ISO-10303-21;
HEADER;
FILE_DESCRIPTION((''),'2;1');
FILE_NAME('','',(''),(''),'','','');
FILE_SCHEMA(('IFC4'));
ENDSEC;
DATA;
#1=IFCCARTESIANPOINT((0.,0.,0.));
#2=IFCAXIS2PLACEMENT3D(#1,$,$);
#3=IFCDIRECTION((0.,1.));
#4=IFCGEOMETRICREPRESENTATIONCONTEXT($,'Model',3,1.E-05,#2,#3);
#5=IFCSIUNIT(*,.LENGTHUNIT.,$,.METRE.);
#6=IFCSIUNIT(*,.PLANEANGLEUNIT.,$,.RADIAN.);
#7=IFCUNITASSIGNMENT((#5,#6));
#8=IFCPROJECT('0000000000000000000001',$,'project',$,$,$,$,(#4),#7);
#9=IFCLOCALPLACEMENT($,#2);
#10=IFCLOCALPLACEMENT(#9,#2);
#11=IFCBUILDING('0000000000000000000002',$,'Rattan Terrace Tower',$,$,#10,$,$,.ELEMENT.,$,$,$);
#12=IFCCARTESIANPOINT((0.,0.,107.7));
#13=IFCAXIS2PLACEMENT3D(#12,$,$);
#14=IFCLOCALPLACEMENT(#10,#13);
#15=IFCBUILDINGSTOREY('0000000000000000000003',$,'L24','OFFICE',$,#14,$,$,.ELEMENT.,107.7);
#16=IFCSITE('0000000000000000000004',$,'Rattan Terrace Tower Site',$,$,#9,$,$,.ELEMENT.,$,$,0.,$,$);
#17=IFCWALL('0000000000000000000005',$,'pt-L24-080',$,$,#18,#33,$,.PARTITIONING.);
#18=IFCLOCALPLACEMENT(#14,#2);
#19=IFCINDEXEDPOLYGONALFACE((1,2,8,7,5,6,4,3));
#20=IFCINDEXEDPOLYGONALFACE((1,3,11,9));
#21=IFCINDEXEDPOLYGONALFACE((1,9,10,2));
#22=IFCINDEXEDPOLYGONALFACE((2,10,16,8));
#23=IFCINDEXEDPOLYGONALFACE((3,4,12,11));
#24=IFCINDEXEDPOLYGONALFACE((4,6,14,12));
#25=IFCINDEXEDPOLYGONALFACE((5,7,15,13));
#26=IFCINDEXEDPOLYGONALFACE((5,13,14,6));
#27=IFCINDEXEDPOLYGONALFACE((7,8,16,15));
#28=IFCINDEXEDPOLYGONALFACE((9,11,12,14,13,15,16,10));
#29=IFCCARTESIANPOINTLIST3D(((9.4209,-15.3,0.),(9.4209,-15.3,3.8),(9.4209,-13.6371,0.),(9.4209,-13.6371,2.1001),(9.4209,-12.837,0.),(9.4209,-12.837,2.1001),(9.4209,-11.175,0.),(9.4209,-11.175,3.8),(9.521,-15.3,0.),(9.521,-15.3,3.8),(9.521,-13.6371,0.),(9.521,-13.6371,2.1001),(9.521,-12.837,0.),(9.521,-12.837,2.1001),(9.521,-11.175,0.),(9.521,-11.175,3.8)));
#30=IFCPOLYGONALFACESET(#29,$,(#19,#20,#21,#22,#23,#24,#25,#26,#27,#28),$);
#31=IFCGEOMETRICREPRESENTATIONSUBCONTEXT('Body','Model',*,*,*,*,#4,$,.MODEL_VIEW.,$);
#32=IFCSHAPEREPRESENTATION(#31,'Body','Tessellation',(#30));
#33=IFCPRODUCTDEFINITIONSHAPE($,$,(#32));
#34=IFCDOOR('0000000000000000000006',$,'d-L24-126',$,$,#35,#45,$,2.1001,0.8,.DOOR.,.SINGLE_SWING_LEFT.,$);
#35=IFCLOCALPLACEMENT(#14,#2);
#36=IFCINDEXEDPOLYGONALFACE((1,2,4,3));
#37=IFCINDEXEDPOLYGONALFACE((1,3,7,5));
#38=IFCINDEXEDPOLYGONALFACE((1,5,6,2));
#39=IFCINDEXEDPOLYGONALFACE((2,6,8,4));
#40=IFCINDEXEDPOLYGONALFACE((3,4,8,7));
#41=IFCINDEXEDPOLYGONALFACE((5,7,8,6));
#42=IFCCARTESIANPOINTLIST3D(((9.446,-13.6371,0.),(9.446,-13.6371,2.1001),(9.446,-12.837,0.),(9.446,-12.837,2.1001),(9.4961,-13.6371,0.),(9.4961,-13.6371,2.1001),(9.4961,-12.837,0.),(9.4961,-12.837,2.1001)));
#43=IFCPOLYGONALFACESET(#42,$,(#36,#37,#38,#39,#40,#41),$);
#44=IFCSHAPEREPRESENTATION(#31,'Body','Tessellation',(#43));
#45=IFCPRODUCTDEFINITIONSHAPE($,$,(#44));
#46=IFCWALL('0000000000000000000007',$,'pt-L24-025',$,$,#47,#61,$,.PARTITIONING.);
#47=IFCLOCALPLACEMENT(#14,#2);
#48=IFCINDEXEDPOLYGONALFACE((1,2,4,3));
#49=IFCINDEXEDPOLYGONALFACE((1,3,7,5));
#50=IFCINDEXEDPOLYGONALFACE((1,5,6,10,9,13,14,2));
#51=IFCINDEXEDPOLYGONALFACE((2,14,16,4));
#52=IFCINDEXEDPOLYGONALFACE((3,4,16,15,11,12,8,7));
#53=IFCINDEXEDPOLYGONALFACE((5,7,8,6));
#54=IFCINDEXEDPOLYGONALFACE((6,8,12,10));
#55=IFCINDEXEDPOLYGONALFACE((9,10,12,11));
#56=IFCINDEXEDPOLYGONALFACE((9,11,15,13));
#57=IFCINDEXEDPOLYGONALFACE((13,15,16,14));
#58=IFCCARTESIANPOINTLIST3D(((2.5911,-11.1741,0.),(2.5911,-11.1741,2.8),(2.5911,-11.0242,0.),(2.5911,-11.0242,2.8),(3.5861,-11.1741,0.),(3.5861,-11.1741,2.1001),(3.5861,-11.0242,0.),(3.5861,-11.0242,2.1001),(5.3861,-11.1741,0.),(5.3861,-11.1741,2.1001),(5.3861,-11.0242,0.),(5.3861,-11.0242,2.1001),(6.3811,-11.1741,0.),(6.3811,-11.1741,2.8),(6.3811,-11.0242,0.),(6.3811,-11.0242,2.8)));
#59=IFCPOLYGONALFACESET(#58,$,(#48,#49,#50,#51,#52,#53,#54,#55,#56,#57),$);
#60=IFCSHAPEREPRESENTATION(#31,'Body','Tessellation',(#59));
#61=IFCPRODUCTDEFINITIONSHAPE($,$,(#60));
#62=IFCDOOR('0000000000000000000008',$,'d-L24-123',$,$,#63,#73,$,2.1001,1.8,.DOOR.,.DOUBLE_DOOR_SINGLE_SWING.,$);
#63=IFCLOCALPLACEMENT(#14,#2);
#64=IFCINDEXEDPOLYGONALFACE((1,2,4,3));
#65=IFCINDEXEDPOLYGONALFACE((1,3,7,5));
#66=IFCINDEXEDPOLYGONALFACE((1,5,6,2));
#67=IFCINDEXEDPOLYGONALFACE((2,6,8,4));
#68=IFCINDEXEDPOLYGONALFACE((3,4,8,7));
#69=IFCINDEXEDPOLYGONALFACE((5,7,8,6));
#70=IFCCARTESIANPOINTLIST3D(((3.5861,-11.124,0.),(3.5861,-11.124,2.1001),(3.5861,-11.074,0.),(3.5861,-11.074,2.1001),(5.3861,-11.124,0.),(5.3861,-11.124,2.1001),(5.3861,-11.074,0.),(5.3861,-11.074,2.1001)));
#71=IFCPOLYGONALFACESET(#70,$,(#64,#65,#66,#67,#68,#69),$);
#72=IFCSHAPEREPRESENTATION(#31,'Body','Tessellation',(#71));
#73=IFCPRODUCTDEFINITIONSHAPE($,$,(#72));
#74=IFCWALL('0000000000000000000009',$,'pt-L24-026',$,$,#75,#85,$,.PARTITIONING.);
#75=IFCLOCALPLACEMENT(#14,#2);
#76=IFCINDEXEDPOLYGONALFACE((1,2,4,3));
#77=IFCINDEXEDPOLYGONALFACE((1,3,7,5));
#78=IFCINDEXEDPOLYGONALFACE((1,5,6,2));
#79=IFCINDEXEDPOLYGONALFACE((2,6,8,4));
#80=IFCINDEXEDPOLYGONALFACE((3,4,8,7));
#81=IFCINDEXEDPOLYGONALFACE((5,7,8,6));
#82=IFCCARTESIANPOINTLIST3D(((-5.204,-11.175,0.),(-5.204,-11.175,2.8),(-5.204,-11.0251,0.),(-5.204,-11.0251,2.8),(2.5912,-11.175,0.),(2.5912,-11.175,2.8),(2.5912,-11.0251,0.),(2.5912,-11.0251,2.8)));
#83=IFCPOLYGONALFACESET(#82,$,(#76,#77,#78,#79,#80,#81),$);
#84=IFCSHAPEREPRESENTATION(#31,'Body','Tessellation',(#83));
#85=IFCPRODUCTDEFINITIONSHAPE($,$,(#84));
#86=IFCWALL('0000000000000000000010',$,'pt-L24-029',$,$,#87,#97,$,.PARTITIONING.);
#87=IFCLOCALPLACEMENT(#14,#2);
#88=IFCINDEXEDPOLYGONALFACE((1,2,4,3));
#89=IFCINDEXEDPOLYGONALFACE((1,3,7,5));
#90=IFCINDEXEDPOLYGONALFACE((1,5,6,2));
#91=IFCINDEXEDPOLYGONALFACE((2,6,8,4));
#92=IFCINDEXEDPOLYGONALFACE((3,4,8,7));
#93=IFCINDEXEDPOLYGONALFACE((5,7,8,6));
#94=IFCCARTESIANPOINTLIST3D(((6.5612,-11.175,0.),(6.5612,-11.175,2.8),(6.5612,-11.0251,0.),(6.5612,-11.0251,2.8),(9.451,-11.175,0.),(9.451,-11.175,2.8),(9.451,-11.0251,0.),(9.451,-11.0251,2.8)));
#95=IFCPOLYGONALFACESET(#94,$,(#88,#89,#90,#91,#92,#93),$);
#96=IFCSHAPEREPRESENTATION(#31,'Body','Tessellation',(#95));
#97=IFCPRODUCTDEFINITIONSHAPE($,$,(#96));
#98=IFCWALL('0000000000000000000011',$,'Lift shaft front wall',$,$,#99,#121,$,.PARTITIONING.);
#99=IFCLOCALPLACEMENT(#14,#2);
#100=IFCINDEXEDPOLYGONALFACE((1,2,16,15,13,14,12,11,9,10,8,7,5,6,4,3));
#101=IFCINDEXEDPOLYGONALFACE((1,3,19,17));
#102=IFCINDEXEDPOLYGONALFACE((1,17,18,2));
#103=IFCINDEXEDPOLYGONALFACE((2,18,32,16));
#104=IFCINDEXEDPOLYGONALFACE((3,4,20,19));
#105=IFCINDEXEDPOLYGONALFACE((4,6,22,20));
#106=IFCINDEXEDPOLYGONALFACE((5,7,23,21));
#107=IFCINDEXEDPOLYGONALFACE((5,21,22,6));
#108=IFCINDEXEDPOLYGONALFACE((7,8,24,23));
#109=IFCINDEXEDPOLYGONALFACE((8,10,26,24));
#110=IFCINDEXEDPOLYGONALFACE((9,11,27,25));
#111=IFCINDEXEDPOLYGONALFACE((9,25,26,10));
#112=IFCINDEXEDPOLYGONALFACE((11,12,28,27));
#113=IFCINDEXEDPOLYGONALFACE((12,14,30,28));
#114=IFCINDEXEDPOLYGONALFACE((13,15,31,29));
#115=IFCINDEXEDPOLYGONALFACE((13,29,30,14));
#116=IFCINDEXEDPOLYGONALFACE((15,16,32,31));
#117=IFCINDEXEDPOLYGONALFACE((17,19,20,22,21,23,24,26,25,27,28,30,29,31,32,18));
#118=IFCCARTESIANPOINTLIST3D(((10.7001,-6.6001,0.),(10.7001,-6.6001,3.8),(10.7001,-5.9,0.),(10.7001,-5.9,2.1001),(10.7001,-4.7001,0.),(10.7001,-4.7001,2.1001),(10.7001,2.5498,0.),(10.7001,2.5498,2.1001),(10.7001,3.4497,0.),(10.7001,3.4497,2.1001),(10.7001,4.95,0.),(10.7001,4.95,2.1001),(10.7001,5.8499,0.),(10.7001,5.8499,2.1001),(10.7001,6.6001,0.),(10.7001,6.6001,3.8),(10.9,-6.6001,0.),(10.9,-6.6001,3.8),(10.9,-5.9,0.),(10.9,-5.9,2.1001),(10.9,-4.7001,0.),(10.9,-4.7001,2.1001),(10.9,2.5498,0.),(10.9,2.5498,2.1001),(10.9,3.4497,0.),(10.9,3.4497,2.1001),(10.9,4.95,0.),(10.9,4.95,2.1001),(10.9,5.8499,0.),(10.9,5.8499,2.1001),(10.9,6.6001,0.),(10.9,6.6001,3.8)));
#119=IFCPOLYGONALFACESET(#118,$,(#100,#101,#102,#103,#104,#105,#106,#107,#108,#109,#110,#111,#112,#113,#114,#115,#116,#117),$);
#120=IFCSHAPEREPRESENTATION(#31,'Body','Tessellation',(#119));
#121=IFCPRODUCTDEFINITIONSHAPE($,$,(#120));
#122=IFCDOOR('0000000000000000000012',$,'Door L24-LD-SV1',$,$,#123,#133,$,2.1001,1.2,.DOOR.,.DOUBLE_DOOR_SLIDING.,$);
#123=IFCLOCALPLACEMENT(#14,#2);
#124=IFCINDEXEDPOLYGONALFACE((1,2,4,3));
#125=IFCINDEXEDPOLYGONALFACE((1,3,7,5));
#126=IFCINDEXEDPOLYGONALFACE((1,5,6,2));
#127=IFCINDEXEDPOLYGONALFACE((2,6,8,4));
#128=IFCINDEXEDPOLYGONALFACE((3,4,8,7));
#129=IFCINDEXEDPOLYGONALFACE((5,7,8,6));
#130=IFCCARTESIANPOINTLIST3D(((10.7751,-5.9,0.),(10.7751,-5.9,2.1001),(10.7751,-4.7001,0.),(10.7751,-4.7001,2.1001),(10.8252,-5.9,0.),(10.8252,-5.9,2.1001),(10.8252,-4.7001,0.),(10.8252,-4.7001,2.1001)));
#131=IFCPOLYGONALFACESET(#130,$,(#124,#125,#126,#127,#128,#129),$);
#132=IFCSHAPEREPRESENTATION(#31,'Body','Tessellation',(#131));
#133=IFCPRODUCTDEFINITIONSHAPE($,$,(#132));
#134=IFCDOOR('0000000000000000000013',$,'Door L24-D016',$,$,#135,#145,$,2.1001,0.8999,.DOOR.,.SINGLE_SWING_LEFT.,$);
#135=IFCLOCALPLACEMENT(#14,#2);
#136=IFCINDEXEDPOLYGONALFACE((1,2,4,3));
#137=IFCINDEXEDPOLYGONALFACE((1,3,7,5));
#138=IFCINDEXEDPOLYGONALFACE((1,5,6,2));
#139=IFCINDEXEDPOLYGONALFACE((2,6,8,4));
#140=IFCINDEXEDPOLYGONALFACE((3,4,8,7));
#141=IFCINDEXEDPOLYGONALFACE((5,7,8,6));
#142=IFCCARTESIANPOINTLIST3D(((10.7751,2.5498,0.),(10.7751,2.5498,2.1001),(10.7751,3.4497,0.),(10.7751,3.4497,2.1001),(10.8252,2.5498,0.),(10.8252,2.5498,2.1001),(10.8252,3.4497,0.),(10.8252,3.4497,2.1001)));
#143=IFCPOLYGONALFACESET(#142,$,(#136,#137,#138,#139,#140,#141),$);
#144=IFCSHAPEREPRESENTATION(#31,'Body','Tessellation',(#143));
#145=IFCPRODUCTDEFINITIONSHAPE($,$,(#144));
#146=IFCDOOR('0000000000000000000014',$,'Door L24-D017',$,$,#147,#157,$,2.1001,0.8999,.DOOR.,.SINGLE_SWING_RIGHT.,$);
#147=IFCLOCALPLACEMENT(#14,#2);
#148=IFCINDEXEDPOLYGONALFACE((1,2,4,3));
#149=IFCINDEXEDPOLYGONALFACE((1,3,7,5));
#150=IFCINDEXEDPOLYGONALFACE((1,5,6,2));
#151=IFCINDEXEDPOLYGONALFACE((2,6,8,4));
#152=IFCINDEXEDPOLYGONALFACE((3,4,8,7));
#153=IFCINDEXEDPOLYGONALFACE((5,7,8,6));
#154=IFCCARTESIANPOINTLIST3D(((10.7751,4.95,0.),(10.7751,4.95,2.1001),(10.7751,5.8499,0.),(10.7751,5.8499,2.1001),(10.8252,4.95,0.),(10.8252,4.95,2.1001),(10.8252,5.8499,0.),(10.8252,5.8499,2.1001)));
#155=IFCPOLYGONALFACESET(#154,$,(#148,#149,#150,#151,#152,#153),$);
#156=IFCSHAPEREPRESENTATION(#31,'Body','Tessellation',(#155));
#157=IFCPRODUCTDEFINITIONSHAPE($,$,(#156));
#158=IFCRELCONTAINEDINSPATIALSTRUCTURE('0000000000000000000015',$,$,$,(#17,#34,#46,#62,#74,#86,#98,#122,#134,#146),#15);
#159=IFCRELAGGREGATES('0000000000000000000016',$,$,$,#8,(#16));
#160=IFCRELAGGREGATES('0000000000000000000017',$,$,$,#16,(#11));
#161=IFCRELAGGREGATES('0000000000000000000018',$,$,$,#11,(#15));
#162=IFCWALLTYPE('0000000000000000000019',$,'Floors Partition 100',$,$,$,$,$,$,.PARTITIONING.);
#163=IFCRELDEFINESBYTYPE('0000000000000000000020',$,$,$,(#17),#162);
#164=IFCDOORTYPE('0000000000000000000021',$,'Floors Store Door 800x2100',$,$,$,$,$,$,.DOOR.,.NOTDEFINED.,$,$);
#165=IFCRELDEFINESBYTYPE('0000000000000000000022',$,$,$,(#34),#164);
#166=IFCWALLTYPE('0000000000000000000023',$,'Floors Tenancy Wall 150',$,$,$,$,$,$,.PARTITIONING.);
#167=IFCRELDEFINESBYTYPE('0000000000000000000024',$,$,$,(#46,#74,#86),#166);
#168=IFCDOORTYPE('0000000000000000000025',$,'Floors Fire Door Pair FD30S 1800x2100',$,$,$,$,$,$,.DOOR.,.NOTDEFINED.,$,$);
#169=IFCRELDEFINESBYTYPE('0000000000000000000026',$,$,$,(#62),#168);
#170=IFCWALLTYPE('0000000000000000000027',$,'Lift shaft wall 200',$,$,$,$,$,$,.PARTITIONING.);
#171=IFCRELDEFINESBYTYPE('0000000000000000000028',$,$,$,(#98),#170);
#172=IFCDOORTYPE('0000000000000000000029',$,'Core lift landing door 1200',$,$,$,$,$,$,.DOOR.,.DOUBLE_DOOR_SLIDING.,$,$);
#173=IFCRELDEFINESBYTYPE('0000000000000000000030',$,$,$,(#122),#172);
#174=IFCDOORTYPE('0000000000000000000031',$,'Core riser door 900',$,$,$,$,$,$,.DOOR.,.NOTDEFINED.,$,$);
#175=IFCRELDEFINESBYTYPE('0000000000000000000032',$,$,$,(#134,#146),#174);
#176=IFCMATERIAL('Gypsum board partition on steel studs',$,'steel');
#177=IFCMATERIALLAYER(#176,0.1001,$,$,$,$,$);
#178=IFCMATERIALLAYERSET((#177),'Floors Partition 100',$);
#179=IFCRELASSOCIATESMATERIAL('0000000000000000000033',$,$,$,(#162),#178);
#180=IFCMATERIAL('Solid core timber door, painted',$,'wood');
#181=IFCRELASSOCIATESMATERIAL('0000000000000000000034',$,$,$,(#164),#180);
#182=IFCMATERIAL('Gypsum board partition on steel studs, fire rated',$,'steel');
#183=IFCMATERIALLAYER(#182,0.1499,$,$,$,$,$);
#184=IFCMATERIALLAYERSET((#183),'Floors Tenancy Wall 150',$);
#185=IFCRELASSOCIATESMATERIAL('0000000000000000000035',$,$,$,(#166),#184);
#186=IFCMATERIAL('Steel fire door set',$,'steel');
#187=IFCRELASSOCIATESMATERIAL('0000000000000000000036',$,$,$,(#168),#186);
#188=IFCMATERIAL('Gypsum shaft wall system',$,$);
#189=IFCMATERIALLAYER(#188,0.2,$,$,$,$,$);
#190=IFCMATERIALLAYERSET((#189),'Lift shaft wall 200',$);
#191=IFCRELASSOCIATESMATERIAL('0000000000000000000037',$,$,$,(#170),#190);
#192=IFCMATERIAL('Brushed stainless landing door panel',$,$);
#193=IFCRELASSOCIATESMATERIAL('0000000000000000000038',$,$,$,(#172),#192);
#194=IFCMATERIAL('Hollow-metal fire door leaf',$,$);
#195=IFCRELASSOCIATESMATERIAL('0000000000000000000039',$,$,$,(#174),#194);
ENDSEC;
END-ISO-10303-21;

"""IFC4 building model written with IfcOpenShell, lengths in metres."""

from ifc_helpers import new_model, si_unit, direction, frame, frame_2d, origin, place, context, subcontext, project, spatial, rectangle, extrude, material, layer, layer_set, type_object, element, fill, save


model = new_model("IFC4")

# Units and contexts
model_context = context("Model", 3, precision=1e-05, world=origin(), true_north=direction((0.0, 1.0)))
body_context = subcontext(model_context, "Body", "Model", "MODEL_VIEW")
ifc_project = project(units=[si_unit("LENGTHUNIT", "METRE"), si_unit("PLANEANGLEUNIT", "RADIAN")], contexts=[model_context])

# Site, building, storey
site_placement = place(None, origin())
site = spatial("IfcSite", under=ifc_project, at=site_placement, Name="Rattan Terrace Tower Site", CompositionType="ELEMENT", RefElevation=0.0)
building_placement = place(site_placement, origin())
building = spatial("IfcBuilding", under=site, at=building_placement, Name="Rattan Terrace Tower", CompositionType="ELEMENT")
storey_placement = place(building_placement, frame((0.0, 0.0, 107.7)))
storey = spatial("IfcBuildingStorey", under=building, at=storey_placement, Name="L24", Description="OFFICE", CompositionType="ELEMENT", Elevation=107.7)

# Walls, openings, doors
ifc_material_1 = material(Name="Gypsum board partition on steel studs", Category="steel")
ifc_layer_1 = layer(ifc_material_1, 0.1001)
ifc_layer_set_1 = layer_set([ifc_layer_1], Name="Floors Partition 100")
wall_type_1 = type_object("IfcWallType", Name="Floors Partition 100", PredefinedType="PARTITIONING", material=ifc_layer_set_1)
wall_1_placement = place(storey_placement, frame((9.4709, -15.3, 0.0), z_axis=(0.0, 0.0, 1.0), x_axis=(0.0, 1.0, 0.0)))
wall_1 = element("IfcWall", 1, at=wall_1_placement, inside=storey, type_object=wall_type_1, Name="pt-L24-080", PredefinedType="PARTITIONING", context=body_context, shape_type="SweptSolid", body=[
    extrude(rectangle(XDim=4.125, YDim=0.1001, at=frame_2d((2.0625, 0.0))), origin(), (0.0, 0.0, 1.0), 3.8),
])
opening_1_placement = place(wall_1_placement, frame((1.6631, 0.0, 0.0)))
opening_1 = element("IfcOpeningElement", 2, at=opening_1_placement, cuts=wall_1, PredefinedType="OPENING", context=body_context, shape_type="SweptSolid", body=[
    extrude(rectangle(XDim=0.8, YDim=2.1001, at=frame_2d((0.3999, 1.05))), frame((0.0, 0.0605, 0.0), z_axis=(0.0, -1.0, 0.0), x_axis=(1.0, 0.0, 0.0)), (0.0, 0.0, 1.0), 0.1211),
])
ifc_material_2 = material(Name="Solid core timber door, painted", Category="wood")
door_type_1 = type_object("IfcDoorType", Name="Floors Store Door 800x2100", OperationType="NOTDEFINED", PredefinedType="DOOR", material=ifc_material_2)
door_1_placement = place(opening_1_placement, origin())
door_1 = element("IfcDoor", 3, at=door_1_placement, inside=storey, type_object=door_type_1, Name="d-L24-126", OperationType="SINGLE_SWING_LEFT", OverallHeight=2.1001, OverallWidth=0.8, PredefinedType="DOOR", context=body_context, shape_type="SweptSolid", body=[
    extrude(rectangle(XDim=0.8, YDim=2.1001, at=frame_2d((0.3999, 1.05))), frame((0.0, 0.0249, 0.0), z_axis=(0.0, -1.0, 0.0), x_axis=(1.0, 0.0, 0.0)), (0.0, 0.0, 1.0), 0.05),
])
fill(opening_1, door_1)
ifc_material_3 = material(Name="Gypsum board partition on steel studs, fire rated", Category="steel")
ifc_layer_2 = layer(ifc_material_3, 0.1499)
ifc_layer_set_2 = layer_set([ifc_layer_2], Name="Floors Tenancy Wall 150")
wall_type_2 = type_object("IfcWallType", Name="Floors Tenancy Wall 150", PredefinedType="PARTITIONING", material=ifc_layer_set_2)
wall_2_placement = place(storey_placement, frame((6.3811, -11.0991, 0.0), z_axis=(0.0, 0.0, 1.0), x_axis=(-1.0, 0.0, 0.0)))
wall_2 = element("IfcWall", 4, at=wall_2_placement, inside=storey, type_object=wall_type_2, Name="pt-L24-025", PredefinedType="PARTITIONING", context=body_context, shape_type="SweptSolid", body=[
    extrude(rectangle(XDim=3.79, YDim=0.1499, at=frame_2d((1.895, 0.0))), origin(), (0.0, 0.0, 1.0), 2.8),
])
opening_2_placement = place(wall_2_placement, frame((0.9951, 0.0, 0.0)))
opening_2 = element("IfcOpeningElement", 5, at=opening_2_placement, cuts=wall_2, PredefinedType="OPENING", context=body_context, shape_type="SweptSolid", body=[
    extrude(rectangle(XDim=1.8, YDim=2.1001, at=frame_2d((0.8999, 1.05))), frame((0.0, 0.0854, 0.0), z_axis=(0.0, -1.0, 0.0), x_axis=(1.0, 0.0, 0.0)), (0.0, 0.0, 1.0), 0.1709),
])
ifc_material_4 = material(Name="Steel fire door set", Category="steel")
door_type_2 = type_object("IfcDoorType", Name="Floors Fire Door Pair FD30S 1800x2100", OperationType="NOTDEFINED", PredefinedType="DOOR", material=ifc_material_4)
door_2_placement = place(opening_2_placement, origin())
door_2 = element("IfcDoor", 6, at=door_2_placement, inside=storey, type_object=door_type_2, Name="d-L24-123", OperationType="DOUBLE_DOOR_SINGLE_SWING", OverallHeight=2.1001, OverallWidth=1.8, PredefinedType="DOOR", context=body_context, shape_type="SweptSolid", body=[
    extrude(rectangle(XDim=1.8, YDim=2.1001, at=frame_2d((0.8999, 1.05))), frame((0.0, 0.0249, 0.0), z_axis=(0.0, -1.0, 0.0), x_axis=(1.0, 0.0, 0.0)), (0.0, 0.0, 1.0), 0.05),
])
fill(opening_2, door_2)

# Walls
wall_3_placement = place(storey_placement, frame((2.5911, -11.1001, 0.0), z_axis=(0.0, 0.0, 1.0), x_axis=(-1.0, 0.0, 0.0)))
element("IfcWall", 7, at=wall_3_placement, inside=storey, type_object=wall_type_2, Name="pt-L24-026", PredefinedType="PARTITIONING", context=body_context, shape_type="SweptSolid", body=[
    extrude(rectangle(XDim=7.7952, YDim=0.1499, at=frame_2d((3.8975, 0.0))), origin(), (0.0, 0.0, 1.0), 2.8),
])
wall_4_placement = place(storey_placement, frame((9.4509, -11.1001, 0.0), z_axis=(0.0, 0.0, 1.0), x_axis=(-1.0, 0.0, 0.0)))
element("IfcWall", 8, at=wall_4_placement, inside=storey, type_object=wall_type_2, Name="pt-L24-029", PredefinedType="PARTITIONING", context=body_context, shape_type="SweptSolid", body=[
    extrude(rectangle(XDim=2.8899, YDim=0.1499, at=frame_2d((1.4448, 0.0))), origin(), (0.0, 0.0, 1.0), 2.8),
])

# Wall, openings, doors
ifc_material_5 = material(Name="Gypsum shaft wall system")
ifc_layer_3 = layer(ifc_material_5, 0.2)
ifc_layer_set_3 = layer_set([ifc_layer_3], Name="Lift shaft wall 200")
wall_type_3 = type_object("IfcWallType", Name="Lift shaft wall 200", PredefinedType="PARTITIONING", material=ifc_layer_set_3)
wall_5_placement = place(storey_placement, frame((10.8, -6.6001, 0.0), z_axis=(0.0, 0.0, 1.0), x_axis=(0.0, 1.0, 0.0)))
wall_5 = element("IfcWall", 9, at=wall_5_placement, inside=storey, type_object=wall_type_3, Name="Lift shaft front wall", PredefinedType="PARTITIONING", context=body_context, shape_type="SweptSolid", body=[
    extrude(rectangle(XDim=13.2002, YDim=0.2, at=frame_2d((6.6001, 0.0))), origin(), (0.0, 0.0, 1.0), 3.8),
])
opening_3_placement = place(wall_5_placement, frame((0.7, 0.0, 0.0)))
opening_3 = element("IfcOpeningElement", 10, at=opening_3_placement, cuts=wall_5, PredefinedType="OPENING", context=body_context, shape_type="SweptSolid", body=[
    extrude(rectangle(XDim=1.2, YDim=2.1001, at=frame_2d((0.6001, 1.05))), frame((0.0, 0.1106, 0.0), z_axis=(0.0, -1.0, 0.0), x_axis=(1.0, 0.0, 0.0)), (0.0, 0.0, 1.0), 0.2209),
])
opening_4_placement = place(wall_5_placement, frame((9.1499, 0.0, 0.0)))
opening_4 = element("IfcOpeningElement", 11, at=opening_4_placement, cuts=wall_5, PredefinedType="OPENING", context=body_context, shape_type="SweptSolid", body=[
    extrude(rectangle(XDim=0.8999, YDim=2.1001, at=frame_2d((0.45, 1.05))), frame((0.0, 0.1106, 0.0), z_axis=(0.0, -1.0, 0.0), x_axis=(1.0, 0.0, 0.0)), (0.0, 0.0, 1.0), 0.2209),
])
opening_5_placement = place(wall_5_placement, frame((11.55, 0.0, 0.0)))
opening_5 = element("IfcOpeningElement", 12, at=opening_5_placement, cuts=wall_5, PredefinedType="OPENING", context=body_context, shape_type="SweptSolid", body=[
    extrude(rectangle(XDim=0.8999, YDim=2.1001, at=frame_2d((0.45, 1.05))), frame((0.0, 0.1106, 0.0), z_axis=(0.0, -1.0, 0.0), x_axis=(1.0, 0.0, 0.0)), (0.0, 0.0, 1.0), 0.2209),
])
ifc_material_6 = material(Name="Brushed stainless landing door panel")
door_type_3 = type_object("IfcDoorType", Name="Core lift landing door 1200", OperationType="DOUBLE_DOOR_SLIDING", PredefinedType="DOOR", material=ifc_material_6)
door_3_placement = place(opening_3_placement, origin())
door_3 = element("IfcDoor", 13, at=door_3_placement, inside=storey, type_object=door_type_3, Name="Door L24-LD-SV1", OperationType="DOUBLE_DOOR_SLIDING", OverallHeight=2.1001, OverallWidth=1.2, PredefinedType="DOOR", context=body_context, shape_type="SweptSolid", body=[
    extrude(rectangle(XDim=1.2, YDim=2.1001, at=frame_2d((0.6001, 1.05))), frame((0.0, 0.0249, 0.0), z_axis=(0.0, -1.0, 0.0), x_axis=(1.0, 0.0, 0.0)), (0.0, 0.0, 1.0), 0.05),
])
fill(opening_3, door_3)
ifc_material_7 = material(Name="Hollow-metal fire door leaf")
door_type_4 = type_object("IfcDoorType", Name="Core riser door 900", OperationType="NOTDEFINED", PredefinedType="DOOR", material=ifc_material_7)
door_4_placement = place(opening_4_placement, origin())
door_4 = element("IfcDoor", 14, at=door_4_placement, inside=storey, type_object=door_type_4, Name="Door L24-D016", OperationType="SINGLE_SWING_LEFT", OverallHeight=2.1001, OverallWidth=0.8999, PredefinedType="DOOR", context=body_context, shape_type="SweptSolid", body=[
    extrude(rectangle(XDim=0.8999, YDim=2.1001, at=frame_2d((0.45, 1.05))), frame((0.0, 0.0249, 0.0), z_axis=(0.0, -1.0, 0.0), x_axis=(1.0, 0.0, 0.0)), (0.0, 0.0, 1.0), 0.05),
])
fill(opening_4, door_4)
door_5_placement = place(opening_5_placement, origin())
door_5 = element("IfcDoor", 15, at=door_5_placement, inside=storey, type_object=door_type_4, Name="Door L24-D017", OperationType="SINGLE_SWING_RIGHT", OverallHeight=2.1001, OverallWidth=0.8999, PredefinedType="DOOR", context=body_context, shape_type="SweptSolid", body=[
    extrude(rectangle(XDim=0.8999, YDim=2.1001, at=frame_2d((0.45, 1.05))), frame((0.0, 0.0249, 0.0), z_axis=(0.0, -1.0, 0.0), x_axis=(1.0, 0.0, 0.0)), (0.0, 0.0, 1.0), 0.05),
])
fill(opening_5, door_5)

save(model, "model.ifc")
